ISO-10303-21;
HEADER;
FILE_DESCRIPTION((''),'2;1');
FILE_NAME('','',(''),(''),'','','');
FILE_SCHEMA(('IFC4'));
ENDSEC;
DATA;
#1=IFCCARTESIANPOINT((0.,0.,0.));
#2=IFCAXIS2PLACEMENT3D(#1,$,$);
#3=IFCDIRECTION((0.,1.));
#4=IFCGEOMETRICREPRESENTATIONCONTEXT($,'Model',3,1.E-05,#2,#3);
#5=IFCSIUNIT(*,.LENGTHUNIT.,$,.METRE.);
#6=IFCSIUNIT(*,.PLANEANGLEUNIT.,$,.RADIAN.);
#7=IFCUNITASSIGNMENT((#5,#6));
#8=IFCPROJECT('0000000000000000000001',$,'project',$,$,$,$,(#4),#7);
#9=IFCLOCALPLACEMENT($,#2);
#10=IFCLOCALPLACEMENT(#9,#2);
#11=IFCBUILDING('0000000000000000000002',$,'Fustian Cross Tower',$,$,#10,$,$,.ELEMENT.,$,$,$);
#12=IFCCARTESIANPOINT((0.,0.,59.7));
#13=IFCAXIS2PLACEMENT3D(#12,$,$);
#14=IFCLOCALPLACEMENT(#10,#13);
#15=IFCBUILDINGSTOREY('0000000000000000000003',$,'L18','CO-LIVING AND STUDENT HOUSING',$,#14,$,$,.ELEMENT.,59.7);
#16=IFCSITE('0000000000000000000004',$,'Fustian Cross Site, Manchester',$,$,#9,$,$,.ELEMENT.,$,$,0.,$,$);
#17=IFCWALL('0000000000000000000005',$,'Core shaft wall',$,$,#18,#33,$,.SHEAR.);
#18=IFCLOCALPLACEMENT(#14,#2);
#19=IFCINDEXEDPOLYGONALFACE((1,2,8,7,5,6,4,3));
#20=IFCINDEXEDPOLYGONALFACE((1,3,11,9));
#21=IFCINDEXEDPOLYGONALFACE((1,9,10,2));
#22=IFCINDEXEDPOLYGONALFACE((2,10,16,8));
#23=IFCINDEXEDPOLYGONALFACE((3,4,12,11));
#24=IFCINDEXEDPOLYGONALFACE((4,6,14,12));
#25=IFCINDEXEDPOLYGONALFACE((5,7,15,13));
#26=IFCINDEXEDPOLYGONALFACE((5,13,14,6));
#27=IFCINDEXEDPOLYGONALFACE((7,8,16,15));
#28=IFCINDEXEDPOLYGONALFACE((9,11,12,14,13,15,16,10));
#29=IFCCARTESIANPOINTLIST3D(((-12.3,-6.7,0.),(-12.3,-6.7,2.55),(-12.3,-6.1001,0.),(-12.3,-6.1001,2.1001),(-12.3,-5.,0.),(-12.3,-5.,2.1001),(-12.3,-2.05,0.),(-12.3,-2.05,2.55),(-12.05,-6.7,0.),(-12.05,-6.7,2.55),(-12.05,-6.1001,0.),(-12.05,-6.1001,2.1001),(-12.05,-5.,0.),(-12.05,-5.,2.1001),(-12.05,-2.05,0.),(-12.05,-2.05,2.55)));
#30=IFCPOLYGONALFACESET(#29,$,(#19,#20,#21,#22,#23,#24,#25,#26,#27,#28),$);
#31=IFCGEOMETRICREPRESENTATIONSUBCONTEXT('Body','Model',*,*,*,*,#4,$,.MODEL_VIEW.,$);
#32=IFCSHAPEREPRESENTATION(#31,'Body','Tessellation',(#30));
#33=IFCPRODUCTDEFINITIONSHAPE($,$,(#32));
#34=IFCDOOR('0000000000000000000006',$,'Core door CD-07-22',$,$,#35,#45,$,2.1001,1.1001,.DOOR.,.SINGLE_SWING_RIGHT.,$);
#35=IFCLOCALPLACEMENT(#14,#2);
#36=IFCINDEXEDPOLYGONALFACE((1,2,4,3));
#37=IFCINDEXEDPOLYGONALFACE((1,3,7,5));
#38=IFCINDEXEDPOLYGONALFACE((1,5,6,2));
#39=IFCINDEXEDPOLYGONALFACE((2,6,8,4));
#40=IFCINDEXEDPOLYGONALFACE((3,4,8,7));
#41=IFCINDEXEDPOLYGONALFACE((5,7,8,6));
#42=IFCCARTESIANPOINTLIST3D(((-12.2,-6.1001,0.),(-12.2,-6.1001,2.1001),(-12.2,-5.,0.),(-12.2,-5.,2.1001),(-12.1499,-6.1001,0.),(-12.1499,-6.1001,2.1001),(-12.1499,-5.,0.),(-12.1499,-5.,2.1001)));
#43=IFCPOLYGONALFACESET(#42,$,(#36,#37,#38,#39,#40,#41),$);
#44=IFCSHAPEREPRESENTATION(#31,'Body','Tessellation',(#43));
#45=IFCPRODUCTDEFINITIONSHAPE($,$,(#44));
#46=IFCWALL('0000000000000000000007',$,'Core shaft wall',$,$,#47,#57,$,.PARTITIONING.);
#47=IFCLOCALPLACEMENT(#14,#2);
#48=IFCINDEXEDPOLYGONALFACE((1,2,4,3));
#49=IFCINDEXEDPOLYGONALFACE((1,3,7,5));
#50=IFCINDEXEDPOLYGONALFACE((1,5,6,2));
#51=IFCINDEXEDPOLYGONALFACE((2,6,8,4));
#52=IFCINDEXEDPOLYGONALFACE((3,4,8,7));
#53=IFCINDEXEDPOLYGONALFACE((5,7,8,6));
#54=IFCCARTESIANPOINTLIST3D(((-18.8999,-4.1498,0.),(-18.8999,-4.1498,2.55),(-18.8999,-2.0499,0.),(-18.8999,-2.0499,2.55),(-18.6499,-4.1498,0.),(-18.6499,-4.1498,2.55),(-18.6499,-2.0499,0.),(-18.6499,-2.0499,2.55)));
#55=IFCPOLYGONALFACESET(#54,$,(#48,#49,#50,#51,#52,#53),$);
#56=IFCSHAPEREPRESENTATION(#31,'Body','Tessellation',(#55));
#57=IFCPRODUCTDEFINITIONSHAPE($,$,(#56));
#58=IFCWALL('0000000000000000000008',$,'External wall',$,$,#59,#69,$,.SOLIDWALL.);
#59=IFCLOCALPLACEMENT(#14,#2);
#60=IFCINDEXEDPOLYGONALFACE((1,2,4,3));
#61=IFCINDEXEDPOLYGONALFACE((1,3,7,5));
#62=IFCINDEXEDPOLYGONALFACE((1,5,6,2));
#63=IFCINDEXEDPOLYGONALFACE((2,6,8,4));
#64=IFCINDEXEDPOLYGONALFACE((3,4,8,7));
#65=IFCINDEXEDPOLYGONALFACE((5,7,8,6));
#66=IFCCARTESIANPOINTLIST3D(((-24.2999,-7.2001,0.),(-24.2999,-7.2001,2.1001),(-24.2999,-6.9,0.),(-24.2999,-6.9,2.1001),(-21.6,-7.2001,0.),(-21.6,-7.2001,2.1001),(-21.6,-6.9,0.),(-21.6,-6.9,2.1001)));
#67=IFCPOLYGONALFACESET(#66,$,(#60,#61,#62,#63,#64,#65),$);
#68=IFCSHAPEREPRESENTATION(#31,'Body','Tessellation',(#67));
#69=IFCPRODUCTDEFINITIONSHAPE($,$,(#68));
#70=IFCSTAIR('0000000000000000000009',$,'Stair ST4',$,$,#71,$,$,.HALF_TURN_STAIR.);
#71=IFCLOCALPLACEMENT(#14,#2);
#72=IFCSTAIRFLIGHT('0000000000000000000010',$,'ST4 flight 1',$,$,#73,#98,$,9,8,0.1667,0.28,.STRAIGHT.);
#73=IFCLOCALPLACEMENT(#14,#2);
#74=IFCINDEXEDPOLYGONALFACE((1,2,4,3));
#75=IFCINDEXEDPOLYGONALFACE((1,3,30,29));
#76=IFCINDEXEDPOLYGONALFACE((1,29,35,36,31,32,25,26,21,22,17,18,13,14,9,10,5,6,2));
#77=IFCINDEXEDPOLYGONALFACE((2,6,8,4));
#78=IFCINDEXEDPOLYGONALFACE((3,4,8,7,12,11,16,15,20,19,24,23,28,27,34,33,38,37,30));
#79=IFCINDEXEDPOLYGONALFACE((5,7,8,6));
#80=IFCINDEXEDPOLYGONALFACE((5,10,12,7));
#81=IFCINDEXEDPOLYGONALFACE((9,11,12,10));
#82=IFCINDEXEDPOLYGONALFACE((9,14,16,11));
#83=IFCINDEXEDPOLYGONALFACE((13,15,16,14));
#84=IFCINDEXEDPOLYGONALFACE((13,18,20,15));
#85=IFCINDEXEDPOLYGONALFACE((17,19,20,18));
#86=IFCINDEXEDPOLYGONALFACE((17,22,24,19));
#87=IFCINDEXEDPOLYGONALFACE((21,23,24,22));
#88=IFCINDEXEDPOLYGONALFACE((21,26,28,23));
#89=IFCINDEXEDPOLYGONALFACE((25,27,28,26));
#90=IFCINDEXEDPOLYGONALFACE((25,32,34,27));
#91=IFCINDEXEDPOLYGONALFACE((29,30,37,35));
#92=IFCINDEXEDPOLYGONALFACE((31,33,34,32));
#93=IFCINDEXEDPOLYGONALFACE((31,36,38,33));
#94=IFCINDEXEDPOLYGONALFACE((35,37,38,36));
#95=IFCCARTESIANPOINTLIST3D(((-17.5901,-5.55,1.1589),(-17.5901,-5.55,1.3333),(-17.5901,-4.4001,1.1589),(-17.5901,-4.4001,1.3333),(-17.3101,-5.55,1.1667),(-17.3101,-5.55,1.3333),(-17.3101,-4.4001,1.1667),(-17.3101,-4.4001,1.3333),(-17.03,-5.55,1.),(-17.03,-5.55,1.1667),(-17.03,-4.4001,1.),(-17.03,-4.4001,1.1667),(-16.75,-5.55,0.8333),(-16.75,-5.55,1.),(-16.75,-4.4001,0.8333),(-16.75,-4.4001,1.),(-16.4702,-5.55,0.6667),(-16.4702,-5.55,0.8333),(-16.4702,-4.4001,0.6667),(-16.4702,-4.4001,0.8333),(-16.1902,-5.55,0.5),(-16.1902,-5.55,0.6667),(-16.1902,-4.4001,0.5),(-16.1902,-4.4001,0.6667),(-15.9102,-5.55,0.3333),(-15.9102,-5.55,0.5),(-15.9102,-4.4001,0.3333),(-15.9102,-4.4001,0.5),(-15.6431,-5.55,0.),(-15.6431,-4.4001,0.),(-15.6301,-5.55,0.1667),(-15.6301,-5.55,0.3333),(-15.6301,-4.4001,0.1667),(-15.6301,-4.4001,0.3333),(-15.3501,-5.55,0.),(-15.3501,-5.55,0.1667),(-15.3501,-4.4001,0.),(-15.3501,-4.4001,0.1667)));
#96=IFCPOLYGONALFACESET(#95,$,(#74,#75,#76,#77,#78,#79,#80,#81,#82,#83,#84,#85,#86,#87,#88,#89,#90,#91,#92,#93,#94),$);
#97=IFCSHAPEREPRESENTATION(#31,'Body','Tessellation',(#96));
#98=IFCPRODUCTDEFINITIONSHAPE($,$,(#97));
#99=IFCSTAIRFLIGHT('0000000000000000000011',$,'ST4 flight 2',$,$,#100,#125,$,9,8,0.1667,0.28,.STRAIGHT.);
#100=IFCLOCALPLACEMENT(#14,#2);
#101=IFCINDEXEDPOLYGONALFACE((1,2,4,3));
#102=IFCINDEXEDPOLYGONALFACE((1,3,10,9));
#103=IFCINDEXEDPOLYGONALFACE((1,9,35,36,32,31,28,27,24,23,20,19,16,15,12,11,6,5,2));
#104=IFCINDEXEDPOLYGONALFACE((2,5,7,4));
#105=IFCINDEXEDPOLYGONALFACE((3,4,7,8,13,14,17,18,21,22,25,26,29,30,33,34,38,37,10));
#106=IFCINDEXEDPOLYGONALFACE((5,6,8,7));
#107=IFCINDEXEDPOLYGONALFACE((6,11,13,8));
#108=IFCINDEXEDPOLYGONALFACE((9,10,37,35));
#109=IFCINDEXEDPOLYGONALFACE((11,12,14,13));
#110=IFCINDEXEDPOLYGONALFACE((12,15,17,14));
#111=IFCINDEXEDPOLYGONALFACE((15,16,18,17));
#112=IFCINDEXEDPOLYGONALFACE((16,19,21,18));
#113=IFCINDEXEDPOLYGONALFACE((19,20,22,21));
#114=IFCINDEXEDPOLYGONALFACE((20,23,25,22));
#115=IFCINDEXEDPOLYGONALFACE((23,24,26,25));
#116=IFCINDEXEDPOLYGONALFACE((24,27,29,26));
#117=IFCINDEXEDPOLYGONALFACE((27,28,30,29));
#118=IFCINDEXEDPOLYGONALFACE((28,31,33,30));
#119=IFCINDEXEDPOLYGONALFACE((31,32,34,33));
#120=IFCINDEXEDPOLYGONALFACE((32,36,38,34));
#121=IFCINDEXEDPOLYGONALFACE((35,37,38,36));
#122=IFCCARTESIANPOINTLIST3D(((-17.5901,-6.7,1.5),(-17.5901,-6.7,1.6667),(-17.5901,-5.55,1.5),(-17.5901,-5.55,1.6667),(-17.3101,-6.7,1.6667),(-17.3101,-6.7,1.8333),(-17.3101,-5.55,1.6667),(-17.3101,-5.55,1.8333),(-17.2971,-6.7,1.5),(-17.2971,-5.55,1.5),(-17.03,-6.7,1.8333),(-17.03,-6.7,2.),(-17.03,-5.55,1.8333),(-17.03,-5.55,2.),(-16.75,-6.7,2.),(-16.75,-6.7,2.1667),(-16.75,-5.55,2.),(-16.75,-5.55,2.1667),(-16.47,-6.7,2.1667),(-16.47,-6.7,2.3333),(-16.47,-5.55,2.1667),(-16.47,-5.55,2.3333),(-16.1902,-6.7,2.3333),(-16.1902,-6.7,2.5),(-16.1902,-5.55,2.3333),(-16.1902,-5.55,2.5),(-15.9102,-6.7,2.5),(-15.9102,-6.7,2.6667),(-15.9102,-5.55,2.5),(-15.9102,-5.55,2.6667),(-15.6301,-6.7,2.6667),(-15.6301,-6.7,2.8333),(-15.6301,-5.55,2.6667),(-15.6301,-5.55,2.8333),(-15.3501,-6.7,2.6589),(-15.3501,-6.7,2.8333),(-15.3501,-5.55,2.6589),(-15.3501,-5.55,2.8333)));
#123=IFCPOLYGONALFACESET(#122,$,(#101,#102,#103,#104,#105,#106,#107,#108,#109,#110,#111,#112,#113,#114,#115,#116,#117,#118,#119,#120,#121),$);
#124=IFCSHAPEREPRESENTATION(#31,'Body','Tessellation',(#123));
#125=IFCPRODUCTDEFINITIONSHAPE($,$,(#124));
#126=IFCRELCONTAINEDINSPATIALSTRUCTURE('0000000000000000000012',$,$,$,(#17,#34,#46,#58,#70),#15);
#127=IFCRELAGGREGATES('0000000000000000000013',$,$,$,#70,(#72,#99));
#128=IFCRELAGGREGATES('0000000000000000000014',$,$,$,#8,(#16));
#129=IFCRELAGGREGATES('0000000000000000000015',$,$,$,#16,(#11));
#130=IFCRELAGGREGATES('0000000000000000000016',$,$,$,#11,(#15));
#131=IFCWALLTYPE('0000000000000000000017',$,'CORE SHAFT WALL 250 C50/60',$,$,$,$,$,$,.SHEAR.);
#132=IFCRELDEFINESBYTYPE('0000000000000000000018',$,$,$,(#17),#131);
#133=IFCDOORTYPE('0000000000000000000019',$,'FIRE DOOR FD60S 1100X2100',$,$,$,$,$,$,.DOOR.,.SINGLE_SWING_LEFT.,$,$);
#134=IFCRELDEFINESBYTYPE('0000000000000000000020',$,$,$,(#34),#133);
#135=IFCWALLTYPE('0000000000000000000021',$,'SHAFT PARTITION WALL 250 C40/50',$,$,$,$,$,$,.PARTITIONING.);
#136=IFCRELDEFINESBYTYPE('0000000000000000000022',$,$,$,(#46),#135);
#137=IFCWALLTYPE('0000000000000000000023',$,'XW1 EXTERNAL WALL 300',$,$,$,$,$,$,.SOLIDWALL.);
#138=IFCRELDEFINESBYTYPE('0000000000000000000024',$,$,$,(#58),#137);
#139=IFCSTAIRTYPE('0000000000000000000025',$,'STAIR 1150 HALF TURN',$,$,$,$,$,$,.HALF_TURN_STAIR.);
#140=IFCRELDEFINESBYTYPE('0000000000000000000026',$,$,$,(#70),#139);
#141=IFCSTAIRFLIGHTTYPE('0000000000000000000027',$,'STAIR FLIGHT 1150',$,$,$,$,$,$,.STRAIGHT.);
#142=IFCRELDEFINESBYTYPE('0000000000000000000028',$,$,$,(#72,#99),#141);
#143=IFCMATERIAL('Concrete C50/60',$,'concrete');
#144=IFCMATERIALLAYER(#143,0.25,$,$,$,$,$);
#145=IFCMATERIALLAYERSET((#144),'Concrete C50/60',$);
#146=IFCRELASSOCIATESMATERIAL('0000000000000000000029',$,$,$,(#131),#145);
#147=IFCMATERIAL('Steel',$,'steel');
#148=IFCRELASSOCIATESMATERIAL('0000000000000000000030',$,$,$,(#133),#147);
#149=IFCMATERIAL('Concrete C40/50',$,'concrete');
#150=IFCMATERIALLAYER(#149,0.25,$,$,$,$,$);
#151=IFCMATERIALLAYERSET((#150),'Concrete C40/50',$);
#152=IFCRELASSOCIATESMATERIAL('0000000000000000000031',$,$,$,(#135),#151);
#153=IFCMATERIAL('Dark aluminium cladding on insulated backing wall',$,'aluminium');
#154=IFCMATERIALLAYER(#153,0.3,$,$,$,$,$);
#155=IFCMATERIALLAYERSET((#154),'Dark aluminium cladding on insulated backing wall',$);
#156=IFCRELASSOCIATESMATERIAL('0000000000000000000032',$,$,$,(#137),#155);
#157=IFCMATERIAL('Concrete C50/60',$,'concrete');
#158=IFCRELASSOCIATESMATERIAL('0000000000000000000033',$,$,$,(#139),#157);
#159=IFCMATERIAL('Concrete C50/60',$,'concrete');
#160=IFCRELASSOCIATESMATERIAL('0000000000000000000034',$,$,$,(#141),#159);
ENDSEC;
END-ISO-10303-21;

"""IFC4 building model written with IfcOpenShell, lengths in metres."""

from ifc_helpers import new_model, si_unit, direction, frame, frame_2d, origin, place, context, subcontext, project, spatial, polyline, rectangle, outline, extrude, material, layer, layer_set, type_object, element, fill, aggregate, save


model = new_model("IFC4")

# Units and contexts
model_context = context("Model", 3, precision=1e-05, world=origin(), true_north=direction((0.0, 1.0)))
body_context = subcontext(model_context, "Body", "Model", "MODEL_VIEW")
ifc_project = project(units=[si_unit("LENGTHUNIT", "METRE"), si_unit("PLANEANGLEUNIT", "RADIAN")], contexts=[model_context])

# Site, building, storey
site_placement = place(None, origin())
site = spatial("IfcSite", under=ifc_project, at=site_placement, Name="Fustian Cross Site, Manchester", CompositionType="ELEMENT", RefElevation=0.0)
building_placement = place(site_placement, origin())
building = spatial("IfcBuilding", under=site, at=building_placement, Name="Fustian Cross Tower", CompositionType="ELEMENT")
storey_placement = place(building_placement, frame((0.0, 0.0, 59.7)))
storey = spatial("IfcBuildingStorey", under=building, at=storey_placement, Name="L18", Description="CO-LIVING AND STUDENT HOUSING", CompositionType="ELEMENT", Elevation=59.7)

# Shared definitions
ifc_material_1 = material(Name="Concrete C50/60", Category="concrete")
ifc_layer_1 = layer(ifc_material_1, 0.25)
ifc_layer_set_1 = layer_set([ifc_layer_1], Name="Concrete C50/60")
wall_type_1 = type_object("IfcWallType", Name="CORE SHAFT WALL 250 C50/60", PredefinedType="SHEAR", material=ifc_layer_set_1)

# Wall, opening, door
wall_1_placement = place(storey_placement, frame((-12.175, -2.05, 0.0), z_axis=(0.0, 0.0, 1.0), x_axis=(0.0, -1.0, 0.0)))
wall_1 = element("IfcWall", 1, at=wall_1_placement, inside=storey, type_object=wall_type_1, Name="Core shaft wall", PredefinedType="SHEAR", context=body_context, shape_type="SweptSolid", body=[
    extrude(rectangle(XDim=4.6499, YDim=0.25, at=frame_2d((2.325, 0.0))), origin(), (0.0, 0.0, 1.0), 2.55),
])
opening_1_placement = place(wall_1_placement, frame((2.95, 0.0, 0.0)))
opening_1 = element("IfcOpeningElement", 2, at=opening_1_placement, cuts=wall_1, PredefinedType="OPENING", context=body_context, shape_type="SweptSolid", body=[
    extrude(rectangle(XDim=1.1001, YDim=2.1001, at=frame_2d((0.55, 1.05))), frame((0.0, 0.135, 0.0), z_axis=(0.0, -1.0, 0.0), x_axis=(1.0, 0.0, 0.0)), (0.0, 0.0, 1.0), 0.27),
])
ifc_material_2 = material(Name="Steel", Category="steel")
door_type_1 = type_object("IfcDoorType", Name="FIRE DOOR FD60S 1100X2100", OperationType="SINGLE_SWING_LEFT", PredefinedType="DOOR", material=ifc_material_2)
door_1_placement = place(opening_1_placement, frame((1.1001, 0.0, 0.0), z_axis=(0.0, 0.0, 1.0), x_axis=(-1.0, 0.0, 0.0)))
door_1 = element("IfcDoor", 3, at=door_1_placement, inside=storey, type_object=door_type_1, Name="Core door CD-07-22", OperationType="SINGLE_SWING_RIGHT", OverallHeight=2.1001, OverallWidth=1.1001, PredefinedType="DOOR", context=body_context, shape_type="SweptSolid", body=[
    extrude(rectangle(XDim=1.1001, YDim=2.1001, at=frame_2d((0.55, 1.05))), frame((0.0, 0.0249, 0.0), z_axis=(0.0, -1.0, 0.0), x_axis=(1.0, 0.0, 0.0)), (0.0, 0.0, 1.0), 0.05),
])
fill(opening_1, door_1)

# Walls
ifc_material_3 = material(Name="Concrete C40/50", Category="concrete")
ifc_layer_2 = layer(ifc_material_3, 0.25)
ifc_layer_set_2 = layer_set([ifc_layer_2], Name="Concrete C40/50")
wall_type_2 = type_object("IfcWallType", Name="SHAFT PARTITION WALL 250 C40/50", PredefinedType="PARTITIONING", material=ifc_layer_set_2)
wall_2_placement = place(storey_placement, frame((-18.7749, -2.05, 0.0), z_axis=(0.0, 0.0, 1.0), x_axis=(0.0, -1.0, 0.0)))
element("IfcWall", 4, at=wall_2_placement, inside=storey, type_object=wall_type_2, Name="Core shaft wall", PredefinedType="PARTITIONING", context=body_context, shape_type="SweptSolid", body=[
    extrude(rectangle(XDim=2.0999, YDim=0.25, at=frame_2d((1.0498, 0.0))), origin(), (0.0, 0.0, 1.0), 2.55),
])
ifc_material_4 = material(Name="Dark aluminium cladding on insulated backing wall", Category="aluminium")
ifc_layer_3 = layer(ifc_material_4, 0.3)
ifc_layer_set_3 = layer_set([ifc_layer_3], Name="Dark aluminium cladding on insulated backing wall")
wall_type_3 = type_object("IfcWallType", Name="XW1 EXTERNAL WALL 300", PredefinedType="SOLIDWALL", material=ifc_layer_set_3)
wall_3_placement = place(storey_placement, frame((-24.3, -7.05, 0.0), z_axis=(0.0, 0.0, 1.0), x_axis=(1.0, 0.0, 0.0)))
element("IfcWall", 5, at=wall_3_placement, inside=storey, type_object=wall_type_3, Name="External wall", PredefinedType="SOLIDWALL", context=body_context, shape_type="SweptSolid", body=[
    extrude(rectangle(XDim=2.7, YDim=0.3, at=frame_2d((1.3501, 0.0))), origin(), (0.0, 0.0, 1.0), 2.1001),
])

# Stair, stair flights
ifc_material_5 = material(Name="Concrete C50/60", Category="concrete")
stair_type = type_object("IfcStairType", Name="STAIR 1150 HALF TURN", PredefinedType="HALF_TURN_STAIR", material=ifc_material_5)
stair_placement = place(storey_placement, origin())
stair = element("IfcStair", 6, at=stair_placement, inside=storey, type_object=stair_type, Name="Stair ST4", PredefinedType="HALF_TURN_STAIR")
ifc_material_6 = material(Name="Concrete C50/60", Category="concrete")
stair_flight_type = type_object("IfcStairFlightType", Name="STAIR FLIGHT 1150", PredefinedType="STRAIGHT", material=ifc_material_6)
stair_flight_1_placement = place(storey_placement, frame((-15.3501, -4.9751, 0.0), z_axis=(0.0, 0.0, 1.0), x_axis=(-1.0, 0.0, 0.0)))
stair_flight_1 = element("IfcStairFlight", 7, at=stair_flight_1_placement, type_object=stair_flight_type, Name="ST4 flight 1", NumberOfRisers=9, NumberOfTreads=8, PredefinedType="STRAIGHT", RiserHeight=0.1667, TreadLength=0.28, context=body_context, shape_type="SweptSolid", body=[
    extrude(outline(polyline([(0.0, 0.0), (0.0, 0.1667), (0.28, 0.1667), (0.28, 0.3333), (0.5601, 0.3333), (0.5601, 0.5), (0.8401, 0.5), (0.8401, 0.6667), (1.1201, 0.6667), (1.1201, 0.8333), (1.3999, 0.8333), (1.3999, 1.0), (1.6799, 1.0), (1.6799, 1.1667), (1.96, 1.1667), (1.96, 1.3333), (2.24, 1.3333), (2.24, 1.5), (2.24, 1.1589), (0.293, 0.0), (0.0, 0.0)])), frame((0.0, 0.575, 0.0), z_axis=(0.0, -1.0, 0.0), x_axis=(1.0, 0.0, 0.0)), (0.0, 0.0, 1.0), 1.1499),
])
stair_flight_2_placement = place(storey_placement, frame((-17.5901, -6.125, 1.5), z_axis=(0.0, 0.0, 1.0), x_axis=(1.0, 0.0, 0.0)))
stair_flight_2 = element("IfcStairFlight", 8, at=stair_flight_2_placement, type_object=stair_flight_type, Name="ST4 flight 2", NumberOfRisers=9, NumberOfTreads=8, PredefinedType="STRAIGHT", RiserHeight=0.1667, TreadLength=0.28, context=body_context, shape_type="SweptSolid", body=[
    extrude(outline(polyline([(0.0, 0.0), (0.0, 0.1667), (0.28, 0.1667), (0.28, 0.3333), (0.5601, 0.3333), (0.5601, 0.5), (0.8401, 0.5), (0.8401, 0.6667), (1.1201, 0.6667), (1.1201, 0.8333), (1.3999, 0.8333), (1.3999, 1.0), (1.6799, 1.0), (1.6799, 1.1667), (1.96, 1.1667), (1.96, 1.3333), (2.24, 1.3333), (2.24, 1.5), (2.24, 1.1589), (0.293, 0.0), (0.0, 0.0)])), frame((0.0, 0.575, 0.0), z_axis=(0.0, -1.0, 0.0), x_axis=(1.0, 0.0, 0.0)), (0.0, 0.0, 1.0), 1.1499),
])
aggregate(stair, [stair_flight_1, stair_flight_2])

save(model, "model.ifc")
